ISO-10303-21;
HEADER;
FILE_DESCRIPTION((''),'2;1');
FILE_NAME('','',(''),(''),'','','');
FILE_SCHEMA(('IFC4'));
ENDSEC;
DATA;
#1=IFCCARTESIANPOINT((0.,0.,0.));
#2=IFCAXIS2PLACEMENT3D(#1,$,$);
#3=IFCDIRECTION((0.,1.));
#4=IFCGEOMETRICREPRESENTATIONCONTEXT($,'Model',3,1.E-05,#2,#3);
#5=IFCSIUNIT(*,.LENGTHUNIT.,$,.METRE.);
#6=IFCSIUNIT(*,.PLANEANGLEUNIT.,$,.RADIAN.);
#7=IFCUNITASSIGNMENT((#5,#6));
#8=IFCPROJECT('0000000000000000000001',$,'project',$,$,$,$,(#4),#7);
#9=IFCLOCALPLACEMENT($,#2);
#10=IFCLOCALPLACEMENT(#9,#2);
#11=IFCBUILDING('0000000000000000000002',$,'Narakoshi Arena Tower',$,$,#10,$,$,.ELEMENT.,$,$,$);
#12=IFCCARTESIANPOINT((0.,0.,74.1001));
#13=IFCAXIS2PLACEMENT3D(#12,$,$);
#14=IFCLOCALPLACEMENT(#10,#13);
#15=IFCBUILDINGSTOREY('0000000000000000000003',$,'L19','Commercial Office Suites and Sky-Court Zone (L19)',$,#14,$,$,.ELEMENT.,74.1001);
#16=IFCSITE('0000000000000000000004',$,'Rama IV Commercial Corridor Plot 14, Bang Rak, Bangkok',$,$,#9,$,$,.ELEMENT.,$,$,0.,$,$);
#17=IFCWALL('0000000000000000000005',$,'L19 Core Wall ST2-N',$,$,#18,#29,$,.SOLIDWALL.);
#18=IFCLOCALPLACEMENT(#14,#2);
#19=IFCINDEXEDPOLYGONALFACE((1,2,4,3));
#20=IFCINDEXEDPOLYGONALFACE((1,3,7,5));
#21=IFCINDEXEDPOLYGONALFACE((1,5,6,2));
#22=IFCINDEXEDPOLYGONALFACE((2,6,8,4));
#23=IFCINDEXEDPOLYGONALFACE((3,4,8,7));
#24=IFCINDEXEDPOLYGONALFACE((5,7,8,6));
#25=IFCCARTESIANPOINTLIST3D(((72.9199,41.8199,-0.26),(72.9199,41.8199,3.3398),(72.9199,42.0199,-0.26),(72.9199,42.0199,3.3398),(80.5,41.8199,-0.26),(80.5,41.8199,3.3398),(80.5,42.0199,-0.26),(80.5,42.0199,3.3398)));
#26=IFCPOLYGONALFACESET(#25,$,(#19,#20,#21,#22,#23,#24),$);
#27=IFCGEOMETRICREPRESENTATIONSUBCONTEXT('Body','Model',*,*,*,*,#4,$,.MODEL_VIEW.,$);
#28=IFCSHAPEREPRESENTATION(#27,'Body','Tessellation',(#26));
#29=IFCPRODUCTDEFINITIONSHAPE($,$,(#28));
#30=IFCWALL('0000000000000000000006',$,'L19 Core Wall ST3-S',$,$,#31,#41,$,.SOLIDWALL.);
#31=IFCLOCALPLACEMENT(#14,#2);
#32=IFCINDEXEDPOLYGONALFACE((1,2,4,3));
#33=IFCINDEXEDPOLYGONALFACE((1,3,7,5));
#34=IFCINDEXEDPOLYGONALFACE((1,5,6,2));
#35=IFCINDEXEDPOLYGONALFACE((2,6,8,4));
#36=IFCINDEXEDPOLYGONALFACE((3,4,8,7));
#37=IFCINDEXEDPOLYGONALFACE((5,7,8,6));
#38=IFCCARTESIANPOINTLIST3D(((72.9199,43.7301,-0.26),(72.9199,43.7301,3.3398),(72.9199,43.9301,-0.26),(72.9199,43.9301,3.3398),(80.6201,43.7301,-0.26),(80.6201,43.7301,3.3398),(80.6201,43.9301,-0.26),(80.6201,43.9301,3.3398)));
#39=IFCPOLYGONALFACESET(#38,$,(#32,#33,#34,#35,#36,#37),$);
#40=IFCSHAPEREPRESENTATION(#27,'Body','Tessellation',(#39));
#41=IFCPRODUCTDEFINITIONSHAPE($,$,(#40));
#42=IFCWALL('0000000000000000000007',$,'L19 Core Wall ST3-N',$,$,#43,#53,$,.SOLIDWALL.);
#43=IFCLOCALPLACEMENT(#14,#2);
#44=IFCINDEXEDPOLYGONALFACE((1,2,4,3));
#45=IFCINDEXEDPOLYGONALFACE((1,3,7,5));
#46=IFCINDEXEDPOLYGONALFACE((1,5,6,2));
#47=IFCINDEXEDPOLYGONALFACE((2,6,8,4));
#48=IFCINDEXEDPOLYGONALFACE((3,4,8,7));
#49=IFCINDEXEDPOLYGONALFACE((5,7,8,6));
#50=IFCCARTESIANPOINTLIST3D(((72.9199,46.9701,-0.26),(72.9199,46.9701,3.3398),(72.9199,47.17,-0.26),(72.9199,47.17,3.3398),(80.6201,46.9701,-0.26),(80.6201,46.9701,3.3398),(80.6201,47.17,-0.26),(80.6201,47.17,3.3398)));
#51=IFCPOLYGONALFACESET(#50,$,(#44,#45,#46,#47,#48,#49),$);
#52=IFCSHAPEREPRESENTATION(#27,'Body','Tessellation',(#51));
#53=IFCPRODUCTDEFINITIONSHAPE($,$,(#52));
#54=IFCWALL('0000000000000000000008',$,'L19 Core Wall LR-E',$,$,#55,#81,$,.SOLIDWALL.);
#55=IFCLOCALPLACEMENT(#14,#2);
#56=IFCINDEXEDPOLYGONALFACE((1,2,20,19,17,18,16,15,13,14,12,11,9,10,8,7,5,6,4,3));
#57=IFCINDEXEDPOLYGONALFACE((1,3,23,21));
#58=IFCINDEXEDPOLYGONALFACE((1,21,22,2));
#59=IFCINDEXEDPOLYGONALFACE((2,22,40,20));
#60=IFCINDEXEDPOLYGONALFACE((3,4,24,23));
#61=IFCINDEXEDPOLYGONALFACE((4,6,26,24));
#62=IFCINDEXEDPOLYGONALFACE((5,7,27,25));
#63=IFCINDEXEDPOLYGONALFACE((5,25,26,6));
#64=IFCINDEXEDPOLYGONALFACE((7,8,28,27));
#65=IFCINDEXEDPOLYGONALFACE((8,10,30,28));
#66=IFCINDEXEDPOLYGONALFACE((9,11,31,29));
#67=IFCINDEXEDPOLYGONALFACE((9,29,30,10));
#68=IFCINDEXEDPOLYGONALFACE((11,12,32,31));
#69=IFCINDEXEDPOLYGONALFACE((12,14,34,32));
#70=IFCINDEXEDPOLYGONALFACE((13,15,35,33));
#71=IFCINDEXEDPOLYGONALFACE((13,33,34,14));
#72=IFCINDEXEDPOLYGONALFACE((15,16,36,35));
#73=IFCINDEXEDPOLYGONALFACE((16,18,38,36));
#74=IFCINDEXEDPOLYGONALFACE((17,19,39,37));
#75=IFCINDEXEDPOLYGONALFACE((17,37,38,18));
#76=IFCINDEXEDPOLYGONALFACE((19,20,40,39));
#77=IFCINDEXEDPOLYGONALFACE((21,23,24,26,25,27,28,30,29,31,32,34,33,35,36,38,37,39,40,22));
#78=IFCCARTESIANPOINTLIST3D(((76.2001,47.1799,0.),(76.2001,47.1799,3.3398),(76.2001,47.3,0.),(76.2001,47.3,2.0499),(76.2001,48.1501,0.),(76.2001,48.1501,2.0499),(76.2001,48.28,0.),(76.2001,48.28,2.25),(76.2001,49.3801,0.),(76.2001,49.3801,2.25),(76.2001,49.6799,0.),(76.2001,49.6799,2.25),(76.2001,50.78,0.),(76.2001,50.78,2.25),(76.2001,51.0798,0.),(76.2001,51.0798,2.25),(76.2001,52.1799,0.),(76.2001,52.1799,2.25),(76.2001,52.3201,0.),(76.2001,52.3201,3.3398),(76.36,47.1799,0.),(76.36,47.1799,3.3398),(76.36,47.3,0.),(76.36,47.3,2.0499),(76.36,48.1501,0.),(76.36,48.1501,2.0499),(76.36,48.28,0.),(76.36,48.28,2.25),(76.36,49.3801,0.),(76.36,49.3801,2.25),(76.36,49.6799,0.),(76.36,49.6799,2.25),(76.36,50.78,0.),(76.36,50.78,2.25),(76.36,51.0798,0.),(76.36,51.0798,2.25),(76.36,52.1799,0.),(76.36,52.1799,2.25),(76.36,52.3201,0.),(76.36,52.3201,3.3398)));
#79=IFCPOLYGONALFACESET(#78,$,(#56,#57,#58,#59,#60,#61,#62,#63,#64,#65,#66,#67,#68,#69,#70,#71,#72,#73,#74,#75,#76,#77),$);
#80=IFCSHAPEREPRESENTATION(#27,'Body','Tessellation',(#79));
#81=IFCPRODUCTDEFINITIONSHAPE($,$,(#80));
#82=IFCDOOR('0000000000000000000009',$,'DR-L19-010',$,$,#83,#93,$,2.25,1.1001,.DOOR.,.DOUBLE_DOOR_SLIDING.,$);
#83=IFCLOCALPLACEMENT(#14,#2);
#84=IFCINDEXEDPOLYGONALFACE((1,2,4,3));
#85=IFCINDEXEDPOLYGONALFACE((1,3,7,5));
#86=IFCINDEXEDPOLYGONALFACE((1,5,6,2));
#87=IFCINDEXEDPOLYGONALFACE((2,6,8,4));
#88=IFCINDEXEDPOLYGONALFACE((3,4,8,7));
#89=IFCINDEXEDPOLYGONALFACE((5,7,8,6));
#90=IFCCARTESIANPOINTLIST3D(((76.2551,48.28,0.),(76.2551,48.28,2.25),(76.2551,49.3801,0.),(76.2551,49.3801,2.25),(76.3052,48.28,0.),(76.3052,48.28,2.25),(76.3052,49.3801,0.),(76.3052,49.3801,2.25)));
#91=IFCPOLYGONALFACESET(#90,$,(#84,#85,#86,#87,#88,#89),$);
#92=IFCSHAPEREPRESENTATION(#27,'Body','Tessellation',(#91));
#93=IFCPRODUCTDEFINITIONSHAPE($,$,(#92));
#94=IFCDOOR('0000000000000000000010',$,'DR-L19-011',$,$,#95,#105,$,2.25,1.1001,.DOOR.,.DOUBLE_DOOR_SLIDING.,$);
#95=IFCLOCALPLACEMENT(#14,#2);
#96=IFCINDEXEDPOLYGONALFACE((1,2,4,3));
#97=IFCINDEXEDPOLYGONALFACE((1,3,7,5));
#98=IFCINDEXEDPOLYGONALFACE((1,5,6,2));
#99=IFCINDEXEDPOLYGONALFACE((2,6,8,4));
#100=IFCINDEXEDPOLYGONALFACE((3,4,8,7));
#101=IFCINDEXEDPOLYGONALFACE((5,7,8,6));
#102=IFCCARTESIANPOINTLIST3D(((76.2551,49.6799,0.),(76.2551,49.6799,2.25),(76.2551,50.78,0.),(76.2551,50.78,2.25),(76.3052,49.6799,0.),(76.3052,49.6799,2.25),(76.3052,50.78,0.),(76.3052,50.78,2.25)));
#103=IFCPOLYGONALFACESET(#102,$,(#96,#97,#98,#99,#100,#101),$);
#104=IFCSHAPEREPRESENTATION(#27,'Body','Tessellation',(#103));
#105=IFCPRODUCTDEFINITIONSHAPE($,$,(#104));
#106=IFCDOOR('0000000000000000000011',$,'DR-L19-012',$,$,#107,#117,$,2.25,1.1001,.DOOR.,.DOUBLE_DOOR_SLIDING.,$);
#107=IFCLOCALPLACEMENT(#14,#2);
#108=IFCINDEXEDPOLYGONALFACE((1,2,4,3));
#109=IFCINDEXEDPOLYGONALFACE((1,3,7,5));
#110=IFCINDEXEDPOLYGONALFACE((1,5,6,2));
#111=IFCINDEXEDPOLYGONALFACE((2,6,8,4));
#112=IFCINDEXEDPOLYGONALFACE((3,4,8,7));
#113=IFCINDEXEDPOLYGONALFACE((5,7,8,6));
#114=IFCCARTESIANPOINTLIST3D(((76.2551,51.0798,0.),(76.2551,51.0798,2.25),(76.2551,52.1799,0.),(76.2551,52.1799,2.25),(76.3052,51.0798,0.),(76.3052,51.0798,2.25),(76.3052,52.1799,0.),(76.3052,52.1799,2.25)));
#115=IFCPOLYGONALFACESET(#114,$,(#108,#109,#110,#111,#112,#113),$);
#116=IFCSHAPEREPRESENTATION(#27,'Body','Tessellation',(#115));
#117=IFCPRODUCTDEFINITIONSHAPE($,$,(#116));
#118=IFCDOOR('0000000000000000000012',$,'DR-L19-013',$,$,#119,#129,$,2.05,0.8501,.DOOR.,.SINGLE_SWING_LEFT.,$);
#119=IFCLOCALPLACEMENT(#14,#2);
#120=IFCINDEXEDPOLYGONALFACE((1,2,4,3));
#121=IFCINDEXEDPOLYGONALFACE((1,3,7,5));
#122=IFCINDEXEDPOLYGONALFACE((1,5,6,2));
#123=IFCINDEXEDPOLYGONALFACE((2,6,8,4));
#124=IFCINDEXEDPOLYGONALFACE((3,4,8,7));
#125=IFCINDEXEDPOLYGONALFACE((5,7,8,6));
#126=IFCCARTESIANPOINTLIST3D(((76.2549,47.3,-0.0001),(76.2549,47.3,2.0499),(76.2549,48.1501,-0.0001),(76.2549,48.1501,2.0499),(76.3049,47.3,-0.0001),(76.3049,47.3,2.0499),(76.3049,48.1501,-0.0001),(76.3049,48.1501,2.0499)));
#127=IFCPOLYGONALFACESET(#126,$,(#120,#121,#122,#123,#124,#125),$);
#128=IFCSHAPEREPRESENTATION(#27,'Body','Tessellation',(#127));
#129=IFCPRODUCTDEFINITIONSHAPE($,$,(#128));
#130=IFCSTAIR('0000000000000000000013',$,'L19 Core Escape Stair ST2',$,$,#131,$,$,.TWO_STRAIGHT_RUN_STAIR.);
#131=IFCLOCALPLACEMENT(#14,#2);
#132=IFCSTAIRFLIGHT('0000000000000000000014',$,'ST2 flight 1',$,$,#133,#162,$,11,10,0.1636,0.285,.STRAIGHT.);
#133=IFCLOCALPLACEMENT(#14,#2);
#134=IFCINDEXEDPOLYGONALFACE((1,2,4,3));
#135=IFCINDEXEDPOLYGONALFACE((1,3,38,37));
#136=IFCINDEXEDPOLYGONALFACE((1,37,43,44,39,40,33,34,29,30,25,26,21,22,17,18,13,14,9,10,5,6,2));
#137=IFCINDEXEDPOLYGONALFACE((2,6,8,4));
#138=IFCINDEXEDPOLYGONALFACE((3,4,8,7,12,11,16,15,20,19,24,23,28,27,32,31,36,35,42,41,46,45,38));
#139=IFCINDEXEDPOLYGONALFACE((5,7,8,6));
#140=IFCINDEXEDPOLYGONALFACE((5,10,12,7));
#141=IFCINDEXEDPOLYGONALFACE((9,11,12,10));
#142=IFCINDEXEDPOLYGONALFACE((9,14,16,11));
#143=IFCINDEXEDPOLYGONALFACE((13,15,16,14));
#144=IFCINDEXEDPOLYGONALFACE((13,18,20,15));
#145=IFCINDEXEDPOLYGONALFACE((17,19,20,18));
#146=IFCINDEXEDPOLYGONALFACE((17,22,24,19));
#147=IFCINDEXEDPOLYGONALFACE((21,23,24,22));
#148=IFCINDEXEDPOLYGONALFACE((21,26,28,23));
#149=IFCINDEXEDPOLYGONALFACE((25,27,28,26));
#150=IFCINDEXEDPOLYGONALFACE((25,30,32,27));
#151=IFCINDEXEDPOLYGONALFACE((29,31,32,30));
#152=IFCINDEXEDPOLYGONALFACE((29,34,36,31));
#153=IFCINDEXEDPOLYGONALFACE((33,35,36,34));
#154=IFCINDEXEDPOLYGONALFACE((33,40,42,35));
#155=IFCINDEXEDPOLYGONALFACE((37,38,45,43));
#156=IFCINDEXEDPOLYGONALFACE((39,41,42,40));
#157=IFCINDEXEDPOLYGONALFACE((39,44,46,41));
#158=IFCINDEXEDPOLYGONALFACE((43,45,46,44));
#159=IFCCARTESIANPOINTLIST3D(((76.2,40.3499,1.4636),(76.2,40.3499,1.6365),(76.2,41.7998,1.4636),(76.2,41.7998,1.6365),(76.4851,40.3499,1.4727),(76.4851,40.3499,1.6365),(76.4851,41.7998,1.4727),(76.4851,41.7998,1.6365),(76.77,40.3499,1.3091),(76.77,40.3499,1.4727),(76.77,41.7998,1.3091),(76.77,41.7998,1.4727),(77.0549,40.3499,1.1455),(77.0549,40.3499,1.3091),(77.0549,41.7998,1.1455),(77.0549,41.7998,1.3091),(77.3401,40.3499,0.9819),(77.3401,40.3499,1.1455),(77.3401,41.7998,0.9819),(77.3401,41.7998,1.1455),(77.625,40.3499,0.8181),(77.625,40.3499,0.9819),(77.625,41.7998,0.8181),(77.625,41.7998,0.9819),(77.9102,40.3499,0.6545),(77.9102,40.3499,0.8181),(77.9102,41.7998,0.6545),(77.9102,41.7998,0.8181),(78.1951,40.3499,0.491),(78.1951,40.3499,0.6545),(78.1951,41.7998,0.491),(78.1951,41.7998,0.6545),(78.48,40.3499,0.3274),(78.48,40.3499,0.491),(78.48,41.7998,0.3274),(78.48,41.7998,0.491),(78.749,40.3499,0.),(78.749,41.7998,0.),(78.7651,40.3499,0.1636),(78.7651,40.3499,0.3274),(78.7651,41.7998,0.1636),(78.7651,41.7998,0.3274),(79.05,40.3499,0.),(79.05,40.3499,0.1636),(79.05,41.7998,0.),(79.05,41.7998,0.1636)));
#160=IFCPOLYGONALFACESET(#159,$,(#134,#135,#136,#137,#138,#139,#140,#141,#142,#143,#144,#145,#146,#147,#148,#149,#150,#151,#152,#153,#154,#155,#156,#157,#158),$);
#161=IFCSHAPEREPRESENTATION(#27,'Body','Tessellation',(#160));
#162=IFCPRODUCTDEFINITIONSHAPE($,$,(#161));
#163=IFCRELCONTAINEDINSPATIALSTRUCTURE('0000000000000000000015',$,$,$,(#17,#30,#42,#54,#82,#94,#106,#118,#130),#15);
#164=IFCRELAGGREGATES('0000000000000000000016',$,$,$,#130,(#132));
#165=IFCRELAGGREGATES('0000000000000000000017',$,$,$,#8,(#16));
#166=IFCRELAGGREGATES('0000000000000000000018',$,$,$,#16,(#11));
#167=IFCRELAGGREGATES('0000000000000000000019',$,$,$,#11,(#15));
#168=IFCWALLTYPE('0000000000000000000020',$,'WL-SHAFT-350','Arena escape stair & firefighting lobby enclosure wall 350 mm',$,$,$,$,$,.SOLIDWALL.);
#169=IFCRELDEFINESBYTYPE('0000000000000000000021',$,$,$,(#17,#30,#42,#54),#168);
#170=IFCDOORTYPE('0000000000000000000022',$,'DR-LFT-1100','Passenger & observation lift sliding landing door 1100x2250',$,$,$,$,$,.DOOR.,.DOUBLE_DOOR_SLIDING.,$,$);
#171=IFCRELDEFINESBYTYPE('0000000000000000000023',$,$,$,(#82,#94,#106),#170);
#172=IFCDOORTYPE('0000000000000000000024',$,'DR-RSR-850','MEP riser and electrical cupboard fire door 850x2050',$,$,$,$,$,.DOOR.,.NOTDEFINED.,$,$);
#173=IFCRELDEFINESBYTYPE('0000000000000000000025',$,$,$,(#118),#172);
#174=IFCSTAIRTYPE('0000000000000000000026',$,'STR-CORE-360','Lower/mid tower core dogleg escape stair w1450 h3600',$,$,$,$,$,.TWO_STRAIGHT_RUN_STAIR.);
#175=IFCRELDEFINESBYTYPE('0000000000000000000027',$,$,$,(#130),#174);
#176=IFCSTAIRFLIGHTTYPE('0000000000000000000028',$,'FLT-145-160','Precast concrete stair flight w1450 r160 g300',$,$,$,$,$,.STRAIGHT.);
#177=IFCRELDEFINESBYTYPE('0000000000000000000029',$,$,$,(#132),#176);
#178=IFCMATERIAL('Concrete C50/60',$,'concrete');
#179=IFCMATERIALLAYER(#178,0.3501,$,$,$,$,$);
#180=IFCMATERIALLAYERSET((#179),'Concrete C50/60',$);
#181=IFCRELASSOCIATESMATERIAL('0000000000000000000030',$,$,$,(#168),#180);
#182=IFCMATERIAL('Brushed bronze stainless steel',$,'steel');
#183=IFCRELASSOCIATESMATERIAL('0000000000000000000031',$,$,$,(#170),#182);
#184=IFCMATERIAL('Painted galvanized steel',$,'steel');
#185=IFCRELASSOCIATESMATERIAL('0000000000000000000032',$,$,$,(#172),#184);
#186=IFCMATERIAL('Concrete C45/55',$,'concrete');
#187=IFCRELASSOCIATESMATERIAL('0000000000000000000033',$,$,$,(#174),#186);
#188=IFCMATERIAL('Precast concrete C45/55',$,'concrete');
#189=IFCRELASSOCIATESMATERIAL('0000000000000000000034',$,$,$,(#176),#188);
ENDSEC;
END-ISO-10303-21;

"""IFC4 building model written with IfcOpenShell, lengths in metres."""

from ifc_helpers import new_model, si_unit, direction, frame, frame_2d, origin, place, context, subcontext, project, spatial, polyline, rectangle, outline, extrude, material, layer, layer_set, type_object, element, fill, aggregate, save


model = new_model("IFC4")

# Units and contexts
model_context = context("Model", 3, precision=1e-05, world=origin(), true_north=direction((0.0, 1.0)))
body_context = subcontext(model_context, "Body", "Model", "MODEL_VIEW")
ifc_project = project(units=[si_unit("LENGTHUNIT", "METRE"), si_unit("PLANEANGLEUNIT", "RADIAN")], contexts=[model_context])

# Site, building, storey
site_placement = place(None, origin())
site = spatial("IfcSite", under=ifc_project, at=site_placement, Name="Rama IV Commercial Corridor Plot 14, Bang Rak, Bangkok", CompositionType="ELEMENT", RefElevation=0.0)
building_placement = place(site_placement, origin())
building = spatial("IfcBuilding", under=site, at=building_placement, Name="Narakoshi Arena Tower", CompositionType="ELEMENT")
storey_placement = place(building_placement, frame((0.0, 0.0, 74.1001)))
storey = spatial("IfcBuildingStorey", under=building, at=storey_placement, Name="L19", Description="Commercial Office Suites and Sky-Court Zone (L19)", CompositionType="ELEMENT", Elevation=74.1001)

# Walls
ifc_material_1 = material(Name="Concrete C50/60", Category="concrete")
ifc_layer = layer(ifc_material_1, 0.3501)
ifc_layer_set = layer_set([ifc_layer], Name="Concrete C50/60")
wall_type = type_object("IfcWallType", Name="WL-SHAFT-350", Description="Arena escape stair & firefighting lobby enclosure wall 350 mm", PredefinedType="SOLIDWALL", material=ifc_layer_set)
wall_1_placement = place(storey_placement, frame((72.9199, 41.9199, -0.26), z_axis=(0.0, 0.0, 1.0), x_axis=(1.0, 0.0, 0.0)))
element("IfcWall", 1, at=wall_1_placement, inside=storey, type_object=wall_type, Name="L19 Core Wall ST2-N", PredefinedType="SOLIDWALL", context=body_context, shape_type="SweptSolid", body=[
    extrude(rectangle(XDim=7.5801, YDim=0.2, at=frame_2d((3.79, 0.0))), origin(), (0.0, 0.0, 1.0), 3.5999),
])
for number, where, z_axis, x_axis, name in (
    (2, (72.9199, 43.8301, -0.26), (0.0, 0.0, 1.0), (1.0, 0.0, 0.0), "L19 Core Wall ST3-S"),
    (3, (72.9199, 47.0701, -0.26), (0.0, 0.0, 1.0), (1.0, 0.0, 0.0), "L19 Core Wall ST3-N"),
):
    element("IfcWall", number, at=place(storey_placement, frame(where, z_axis=z_axis, x_axis=x_axis)), inside=storey, type_object=wall_type, Name=name, PredefinedType="SOLIDWALL", context=body_context, shape_type="SweptSolid", body=[
        extrude(rectangle(XDim=7.7002, YDim=0.2, at=frame_2d((3.8501, 0.0))), origin(), (0.0, 0.0, 1.0), 3.5999),
    ])

# Wall, openings, doors
wall_2_placement = place(storey_placement, frame((76.28, 47.1799, 0.0), z_axis=(0.0, 0.0, 1.0), x_axis=(0.0, 1.0, 0.0)))
wall_2 = element("IfcWall", 4, at=wall_2_placement, inside=storey, type_object=wall_type, Name="L19 Core Wall LR-E", PredefinedType="SOLIDWALL", context=body_context, shape_type="SweptSolid", body=[
    extrude(rectangle(XDim=5.1401, YDim=0.1599, at=frame_2d((2.5701, 0.0))), origin(), (0.0, 0.0, 1.0), 3.3398),
])
opening_1_placement = place(wall_2_placement, frame((1.1001, 0.0, 0.0)))
opening_1 = element("IfcOpeningElement", 5, at=opening_1_placement, cuts=wall_2, PredefinedType="OPENING", context=body_context, shape_type="SweptSolid", body=[
    extrude(rectangle(XDim=1.1001, YDim=2.25, at=frame_2d((0.55, 1.125))), frame((0.0, 0.0898, 0.0), z_axis=(0.0, -1.0, 0.0), x_axis=(1.0, 0.0, 0.0)), (0.0, 0.0, 1.0), 0.1799),
])
opening_2_placement = place(wall_2_placement, frame((2.5, 0.0, 0.0)))
opening_2 = element("IfcOpeningElement", 6, at=opening_2_placement, cuts=wall_2, PredefinedType="OPENING", context=body_context, shape_type="SweptSolid", body=[
    extrude(rectangle(XDim=1.1001, YDim=2.25, at=frame_2d((0.55, 1.125))), frame((0.0, 0.0898, 0.0), z_axis=(0.0, -1.0, 0.0), x_axis=(1.0, 0.0, 0.0)), (0.0, 0.0, 1.0), 0.1799),
])
opening_3_placement = place(wall_2_placement, frame((3.8999, 0.0, 0.0)))
opening_3 = element("IfcOpeningElement", 7, at=opening_3_placement, cuts=wall_2, PredefinedType="OPENING", context=body_context, shape_type="SweptSolid", body=[
    extrude(rectangle(XDim=1.1001, YDim=2.25, at=frame_2d((0.55, 1.125))), frame((0.0, 0.0898, 0.0), z_axis=(0.0, -1.0, 0.0), x_axis=(1.0, 0.0, 0.0)), (0.0, 0.0, 1.0), 0.1799),
])
opening_4_placement = place(wall_2_placement, frame((0.1201, 0.0, 0.0)))
opening_4 = element("IfcOpeningElement", 8, at=opening_4_placement, cuts=wall_2, PredefinedType="OPENING", context=body_context, shape_type="SweptSolid", body=[
    extrude(rectangle(XDim=0.8501, YDim=2.05, at=frame_2d((0.425, 1.0249))), frame((0.0, 0.0898, 0.0), z_axis=(0.0, -1.0, 0.0), x_axis=(1.0, 0.0, 0.0)), (0.0, 0.0, 1.0), 0.1799),
])
ifc_material_2 = material(Name="Brushed bronze stainless steel", Category="steel")
door_type_1 = type_object("IfcDoorType", Name="DR-LFT-1100", Description="Passenger & observation lift sliding landing door 1100x2250", OperationType="DOUBLE_DOOR_SLIDING", PredefinedType="DOOR", material=ifc_material_2)
door_1_placement = place(opening_1_placement, origin())
door_1 = element("IfcDoor", 9, at=door_1_placement, inside=storey, type_object=door_type_1, Name="DR-L19-010", OperationType="DOUBLE_DOOR_SLIDING", OverallHeight=2.25, OverallWidth=1.1001, PredefinedType="DOOR", context=body_context, shape_type="SweptSolid", body=[
    extrude(rectangle(XDim=1.1001, YDim=2.25, at=frame_2d((0.55, 1.125))), frame((0.0, 0.0249, 0.0), z_axis=(0.0, -1.0, 0.0), x_axis=(1.0, 0.0, 0.0)), (0.0, 0.0, 1.0), 0.05),
])
fill(opening_1, door_1)
door_2_placement = place(opening_2_placement, origin())
door_2 = element("IfcDoor", 10, at=door_2_placement, inside=storey, type_object=door_type_1, Name="DR-L19-011", OperationType="DOUBLE_DOOR_SLIDING", OverallHeight=2.25, OverallWidth=1.1001, PredefinedType="DOOR", context=body_context, shape_type="SweptSolid", body=[
    extrude(rectangle(XDim=1.1001, YDim=2.25, at=frame_2d((0.55, 1.125))), frame((0.0, 0.0249, 0.0), z_axis=(0.0, -1.0, 0.0), x_axis=(1.0, 0.0, 0.0)), (0.0, 0.0, 1.0), 0.05),
])
fill(opening_2, door_2)
door_3_placement = place(opening_3_placement, origin())
door_3 = element("IfcDoor", 11, at=door_3_placement, inside=storey, type_object=door_type_1, Name="DR-L19-012", OperationType="DOUBLE_DOOR_SLIDING", OverallHeight=2.25, OverallWidth=1.1001, PredefinedType="DOOR", context=body_context, shape_type="SweptSolid", body=[
    extrude(rectangle(XDim=1.1001, YDim=2.25, at=frame_2d((0.55, 1.125))), frame((0.0, 0.0249, 0.0), z_axis=(0.0, -1.0, 0.0), x_axis=(1.0, 0.0, 0.0)), (0.0, 0.0, 1.0), 0.05),
])
fill(opening_3, door_3)
ifc_material_3 = material(Name="Painted galvanized steel", Category="steel")
door_type_2 = type_object("IfcDoorType", Name="DR-RSR-850", Description="MEP riser and electrical cupboard fire door 850x2050", OperationType="NOTDEFINED", PredefinedType="DOOR", material=ifc_material_3)
door_4_placement = place(opening_4_placement, frame((0.8501, 0.0, 0.0), z_axis=(0.0, 0.0, 1.0), x_axis=(-1.0, 0.0, 0.0)))
door_4 = element("IfcDoor", 12, at=door_4_placement, inside=storey, type_object=door_type_2, Name="DR-L19-013", OperationType="SINGLE_SWING_LEFT", OverallHeight=2.05, OverallWidth=0.8501, PredefinedType="DOOR", context=body_context, shape_type="SweptSolid", body=[
    extrude(rectangle(XDim=0.8501, YDim=2.05, at=frame_2d((0.425, 1.0249))), frame((0.0, 0.0249, 0.0), z_axis=(0.0, -1.0, 0.0), x_axis=(1.0, 0.0, 0.0)), (0.0, 0.0, 1.0), 0.05),
])
fill(opening_4, door_4)

# Stair, stair flight
ifc_material_4 = material(Name="Concrete C45/55", Category="concrete")
stair_type = type_object("IfcStairType", Name="STR-CORE-360", Description="Lower/mid tower core dogleg escape stair w1450 h3600", PredefinedType="TWO_STRAIGHT_RUN_STAIR", material=ifc_material_4)
stair_1_placement = place(storey_placement, origin())
stair_1 = element("IfcStair", 13, at=stair_1_placement, inside=storey, type_object=stair_type, Name="L19 Core Escape Stair ST2", PredefinedType="TWO_STRAIGHT_RUN_STAIR")
ifc_material_5 = material(Name="Precast concrete C45/55", Category="concrete")
stair_flight_type = type_object("IfcStairFlightType", Name="FLT-145-160", Description="Precast concrete stair flight w1450 r160 g300", PredefinedType="STRAIGHT", material=ifc_material_5)
stair_flight_1_placement = place(storey_placement, frame((79.05, 41.075, 0.0), z_axis=(0.0, 0.0, 1.0), x_axis=(-1.0, 0.0, 0.0)))
stair_flight_1 = element("IfcStairFlight", 14, at=stair_flight_1_placement, type_object=stair_flight_type, Name="ST2 flight 1", NumberOfRisers=11, NumberOfTreads=10, PredefinedType="STRAIGHT", RiserHeight=0.1636, TreadLength=0.285, context=body_context, shape_type="SweptSolid", body=[
    extrude(outline(polyline([(0.0, 0.0), (0.0, 0.1636), (0.2849, 0.1636), (0.2849, 0.3274), (0.5701, 0.3274), (0.5701, 0.491), (0.855, 0.491), (0.855, 0.6545), (1.1399, 0.6545), (1.1399, 0.8181), (1.425, 0.8181), (1.425, 0.9819), (1.71, 0.9819), (1.71, 1.1455), (1.9951, 1.1455), (1.9951, 1.3091), (2.28, 1.3091), (2.28, 1.4727), (2.5649, 1.4727), (2.5649, 1.6365), (2.8501, 1.6365), (2.8501, 1.8), (2.8501, 1.4636), (0.301, 0.0), (0.0, 0.0)])), frame((0.0, 0.7251, 0.0), z_axis=(0.0, -1.0, 0.0), x_axis=(1.0, 0.0, 0.0)), (0.0, 0.0, 1.0), 1.45),
])
aggregate(stair_1, [stair_flight_1])

save(model, "model.ifc")
